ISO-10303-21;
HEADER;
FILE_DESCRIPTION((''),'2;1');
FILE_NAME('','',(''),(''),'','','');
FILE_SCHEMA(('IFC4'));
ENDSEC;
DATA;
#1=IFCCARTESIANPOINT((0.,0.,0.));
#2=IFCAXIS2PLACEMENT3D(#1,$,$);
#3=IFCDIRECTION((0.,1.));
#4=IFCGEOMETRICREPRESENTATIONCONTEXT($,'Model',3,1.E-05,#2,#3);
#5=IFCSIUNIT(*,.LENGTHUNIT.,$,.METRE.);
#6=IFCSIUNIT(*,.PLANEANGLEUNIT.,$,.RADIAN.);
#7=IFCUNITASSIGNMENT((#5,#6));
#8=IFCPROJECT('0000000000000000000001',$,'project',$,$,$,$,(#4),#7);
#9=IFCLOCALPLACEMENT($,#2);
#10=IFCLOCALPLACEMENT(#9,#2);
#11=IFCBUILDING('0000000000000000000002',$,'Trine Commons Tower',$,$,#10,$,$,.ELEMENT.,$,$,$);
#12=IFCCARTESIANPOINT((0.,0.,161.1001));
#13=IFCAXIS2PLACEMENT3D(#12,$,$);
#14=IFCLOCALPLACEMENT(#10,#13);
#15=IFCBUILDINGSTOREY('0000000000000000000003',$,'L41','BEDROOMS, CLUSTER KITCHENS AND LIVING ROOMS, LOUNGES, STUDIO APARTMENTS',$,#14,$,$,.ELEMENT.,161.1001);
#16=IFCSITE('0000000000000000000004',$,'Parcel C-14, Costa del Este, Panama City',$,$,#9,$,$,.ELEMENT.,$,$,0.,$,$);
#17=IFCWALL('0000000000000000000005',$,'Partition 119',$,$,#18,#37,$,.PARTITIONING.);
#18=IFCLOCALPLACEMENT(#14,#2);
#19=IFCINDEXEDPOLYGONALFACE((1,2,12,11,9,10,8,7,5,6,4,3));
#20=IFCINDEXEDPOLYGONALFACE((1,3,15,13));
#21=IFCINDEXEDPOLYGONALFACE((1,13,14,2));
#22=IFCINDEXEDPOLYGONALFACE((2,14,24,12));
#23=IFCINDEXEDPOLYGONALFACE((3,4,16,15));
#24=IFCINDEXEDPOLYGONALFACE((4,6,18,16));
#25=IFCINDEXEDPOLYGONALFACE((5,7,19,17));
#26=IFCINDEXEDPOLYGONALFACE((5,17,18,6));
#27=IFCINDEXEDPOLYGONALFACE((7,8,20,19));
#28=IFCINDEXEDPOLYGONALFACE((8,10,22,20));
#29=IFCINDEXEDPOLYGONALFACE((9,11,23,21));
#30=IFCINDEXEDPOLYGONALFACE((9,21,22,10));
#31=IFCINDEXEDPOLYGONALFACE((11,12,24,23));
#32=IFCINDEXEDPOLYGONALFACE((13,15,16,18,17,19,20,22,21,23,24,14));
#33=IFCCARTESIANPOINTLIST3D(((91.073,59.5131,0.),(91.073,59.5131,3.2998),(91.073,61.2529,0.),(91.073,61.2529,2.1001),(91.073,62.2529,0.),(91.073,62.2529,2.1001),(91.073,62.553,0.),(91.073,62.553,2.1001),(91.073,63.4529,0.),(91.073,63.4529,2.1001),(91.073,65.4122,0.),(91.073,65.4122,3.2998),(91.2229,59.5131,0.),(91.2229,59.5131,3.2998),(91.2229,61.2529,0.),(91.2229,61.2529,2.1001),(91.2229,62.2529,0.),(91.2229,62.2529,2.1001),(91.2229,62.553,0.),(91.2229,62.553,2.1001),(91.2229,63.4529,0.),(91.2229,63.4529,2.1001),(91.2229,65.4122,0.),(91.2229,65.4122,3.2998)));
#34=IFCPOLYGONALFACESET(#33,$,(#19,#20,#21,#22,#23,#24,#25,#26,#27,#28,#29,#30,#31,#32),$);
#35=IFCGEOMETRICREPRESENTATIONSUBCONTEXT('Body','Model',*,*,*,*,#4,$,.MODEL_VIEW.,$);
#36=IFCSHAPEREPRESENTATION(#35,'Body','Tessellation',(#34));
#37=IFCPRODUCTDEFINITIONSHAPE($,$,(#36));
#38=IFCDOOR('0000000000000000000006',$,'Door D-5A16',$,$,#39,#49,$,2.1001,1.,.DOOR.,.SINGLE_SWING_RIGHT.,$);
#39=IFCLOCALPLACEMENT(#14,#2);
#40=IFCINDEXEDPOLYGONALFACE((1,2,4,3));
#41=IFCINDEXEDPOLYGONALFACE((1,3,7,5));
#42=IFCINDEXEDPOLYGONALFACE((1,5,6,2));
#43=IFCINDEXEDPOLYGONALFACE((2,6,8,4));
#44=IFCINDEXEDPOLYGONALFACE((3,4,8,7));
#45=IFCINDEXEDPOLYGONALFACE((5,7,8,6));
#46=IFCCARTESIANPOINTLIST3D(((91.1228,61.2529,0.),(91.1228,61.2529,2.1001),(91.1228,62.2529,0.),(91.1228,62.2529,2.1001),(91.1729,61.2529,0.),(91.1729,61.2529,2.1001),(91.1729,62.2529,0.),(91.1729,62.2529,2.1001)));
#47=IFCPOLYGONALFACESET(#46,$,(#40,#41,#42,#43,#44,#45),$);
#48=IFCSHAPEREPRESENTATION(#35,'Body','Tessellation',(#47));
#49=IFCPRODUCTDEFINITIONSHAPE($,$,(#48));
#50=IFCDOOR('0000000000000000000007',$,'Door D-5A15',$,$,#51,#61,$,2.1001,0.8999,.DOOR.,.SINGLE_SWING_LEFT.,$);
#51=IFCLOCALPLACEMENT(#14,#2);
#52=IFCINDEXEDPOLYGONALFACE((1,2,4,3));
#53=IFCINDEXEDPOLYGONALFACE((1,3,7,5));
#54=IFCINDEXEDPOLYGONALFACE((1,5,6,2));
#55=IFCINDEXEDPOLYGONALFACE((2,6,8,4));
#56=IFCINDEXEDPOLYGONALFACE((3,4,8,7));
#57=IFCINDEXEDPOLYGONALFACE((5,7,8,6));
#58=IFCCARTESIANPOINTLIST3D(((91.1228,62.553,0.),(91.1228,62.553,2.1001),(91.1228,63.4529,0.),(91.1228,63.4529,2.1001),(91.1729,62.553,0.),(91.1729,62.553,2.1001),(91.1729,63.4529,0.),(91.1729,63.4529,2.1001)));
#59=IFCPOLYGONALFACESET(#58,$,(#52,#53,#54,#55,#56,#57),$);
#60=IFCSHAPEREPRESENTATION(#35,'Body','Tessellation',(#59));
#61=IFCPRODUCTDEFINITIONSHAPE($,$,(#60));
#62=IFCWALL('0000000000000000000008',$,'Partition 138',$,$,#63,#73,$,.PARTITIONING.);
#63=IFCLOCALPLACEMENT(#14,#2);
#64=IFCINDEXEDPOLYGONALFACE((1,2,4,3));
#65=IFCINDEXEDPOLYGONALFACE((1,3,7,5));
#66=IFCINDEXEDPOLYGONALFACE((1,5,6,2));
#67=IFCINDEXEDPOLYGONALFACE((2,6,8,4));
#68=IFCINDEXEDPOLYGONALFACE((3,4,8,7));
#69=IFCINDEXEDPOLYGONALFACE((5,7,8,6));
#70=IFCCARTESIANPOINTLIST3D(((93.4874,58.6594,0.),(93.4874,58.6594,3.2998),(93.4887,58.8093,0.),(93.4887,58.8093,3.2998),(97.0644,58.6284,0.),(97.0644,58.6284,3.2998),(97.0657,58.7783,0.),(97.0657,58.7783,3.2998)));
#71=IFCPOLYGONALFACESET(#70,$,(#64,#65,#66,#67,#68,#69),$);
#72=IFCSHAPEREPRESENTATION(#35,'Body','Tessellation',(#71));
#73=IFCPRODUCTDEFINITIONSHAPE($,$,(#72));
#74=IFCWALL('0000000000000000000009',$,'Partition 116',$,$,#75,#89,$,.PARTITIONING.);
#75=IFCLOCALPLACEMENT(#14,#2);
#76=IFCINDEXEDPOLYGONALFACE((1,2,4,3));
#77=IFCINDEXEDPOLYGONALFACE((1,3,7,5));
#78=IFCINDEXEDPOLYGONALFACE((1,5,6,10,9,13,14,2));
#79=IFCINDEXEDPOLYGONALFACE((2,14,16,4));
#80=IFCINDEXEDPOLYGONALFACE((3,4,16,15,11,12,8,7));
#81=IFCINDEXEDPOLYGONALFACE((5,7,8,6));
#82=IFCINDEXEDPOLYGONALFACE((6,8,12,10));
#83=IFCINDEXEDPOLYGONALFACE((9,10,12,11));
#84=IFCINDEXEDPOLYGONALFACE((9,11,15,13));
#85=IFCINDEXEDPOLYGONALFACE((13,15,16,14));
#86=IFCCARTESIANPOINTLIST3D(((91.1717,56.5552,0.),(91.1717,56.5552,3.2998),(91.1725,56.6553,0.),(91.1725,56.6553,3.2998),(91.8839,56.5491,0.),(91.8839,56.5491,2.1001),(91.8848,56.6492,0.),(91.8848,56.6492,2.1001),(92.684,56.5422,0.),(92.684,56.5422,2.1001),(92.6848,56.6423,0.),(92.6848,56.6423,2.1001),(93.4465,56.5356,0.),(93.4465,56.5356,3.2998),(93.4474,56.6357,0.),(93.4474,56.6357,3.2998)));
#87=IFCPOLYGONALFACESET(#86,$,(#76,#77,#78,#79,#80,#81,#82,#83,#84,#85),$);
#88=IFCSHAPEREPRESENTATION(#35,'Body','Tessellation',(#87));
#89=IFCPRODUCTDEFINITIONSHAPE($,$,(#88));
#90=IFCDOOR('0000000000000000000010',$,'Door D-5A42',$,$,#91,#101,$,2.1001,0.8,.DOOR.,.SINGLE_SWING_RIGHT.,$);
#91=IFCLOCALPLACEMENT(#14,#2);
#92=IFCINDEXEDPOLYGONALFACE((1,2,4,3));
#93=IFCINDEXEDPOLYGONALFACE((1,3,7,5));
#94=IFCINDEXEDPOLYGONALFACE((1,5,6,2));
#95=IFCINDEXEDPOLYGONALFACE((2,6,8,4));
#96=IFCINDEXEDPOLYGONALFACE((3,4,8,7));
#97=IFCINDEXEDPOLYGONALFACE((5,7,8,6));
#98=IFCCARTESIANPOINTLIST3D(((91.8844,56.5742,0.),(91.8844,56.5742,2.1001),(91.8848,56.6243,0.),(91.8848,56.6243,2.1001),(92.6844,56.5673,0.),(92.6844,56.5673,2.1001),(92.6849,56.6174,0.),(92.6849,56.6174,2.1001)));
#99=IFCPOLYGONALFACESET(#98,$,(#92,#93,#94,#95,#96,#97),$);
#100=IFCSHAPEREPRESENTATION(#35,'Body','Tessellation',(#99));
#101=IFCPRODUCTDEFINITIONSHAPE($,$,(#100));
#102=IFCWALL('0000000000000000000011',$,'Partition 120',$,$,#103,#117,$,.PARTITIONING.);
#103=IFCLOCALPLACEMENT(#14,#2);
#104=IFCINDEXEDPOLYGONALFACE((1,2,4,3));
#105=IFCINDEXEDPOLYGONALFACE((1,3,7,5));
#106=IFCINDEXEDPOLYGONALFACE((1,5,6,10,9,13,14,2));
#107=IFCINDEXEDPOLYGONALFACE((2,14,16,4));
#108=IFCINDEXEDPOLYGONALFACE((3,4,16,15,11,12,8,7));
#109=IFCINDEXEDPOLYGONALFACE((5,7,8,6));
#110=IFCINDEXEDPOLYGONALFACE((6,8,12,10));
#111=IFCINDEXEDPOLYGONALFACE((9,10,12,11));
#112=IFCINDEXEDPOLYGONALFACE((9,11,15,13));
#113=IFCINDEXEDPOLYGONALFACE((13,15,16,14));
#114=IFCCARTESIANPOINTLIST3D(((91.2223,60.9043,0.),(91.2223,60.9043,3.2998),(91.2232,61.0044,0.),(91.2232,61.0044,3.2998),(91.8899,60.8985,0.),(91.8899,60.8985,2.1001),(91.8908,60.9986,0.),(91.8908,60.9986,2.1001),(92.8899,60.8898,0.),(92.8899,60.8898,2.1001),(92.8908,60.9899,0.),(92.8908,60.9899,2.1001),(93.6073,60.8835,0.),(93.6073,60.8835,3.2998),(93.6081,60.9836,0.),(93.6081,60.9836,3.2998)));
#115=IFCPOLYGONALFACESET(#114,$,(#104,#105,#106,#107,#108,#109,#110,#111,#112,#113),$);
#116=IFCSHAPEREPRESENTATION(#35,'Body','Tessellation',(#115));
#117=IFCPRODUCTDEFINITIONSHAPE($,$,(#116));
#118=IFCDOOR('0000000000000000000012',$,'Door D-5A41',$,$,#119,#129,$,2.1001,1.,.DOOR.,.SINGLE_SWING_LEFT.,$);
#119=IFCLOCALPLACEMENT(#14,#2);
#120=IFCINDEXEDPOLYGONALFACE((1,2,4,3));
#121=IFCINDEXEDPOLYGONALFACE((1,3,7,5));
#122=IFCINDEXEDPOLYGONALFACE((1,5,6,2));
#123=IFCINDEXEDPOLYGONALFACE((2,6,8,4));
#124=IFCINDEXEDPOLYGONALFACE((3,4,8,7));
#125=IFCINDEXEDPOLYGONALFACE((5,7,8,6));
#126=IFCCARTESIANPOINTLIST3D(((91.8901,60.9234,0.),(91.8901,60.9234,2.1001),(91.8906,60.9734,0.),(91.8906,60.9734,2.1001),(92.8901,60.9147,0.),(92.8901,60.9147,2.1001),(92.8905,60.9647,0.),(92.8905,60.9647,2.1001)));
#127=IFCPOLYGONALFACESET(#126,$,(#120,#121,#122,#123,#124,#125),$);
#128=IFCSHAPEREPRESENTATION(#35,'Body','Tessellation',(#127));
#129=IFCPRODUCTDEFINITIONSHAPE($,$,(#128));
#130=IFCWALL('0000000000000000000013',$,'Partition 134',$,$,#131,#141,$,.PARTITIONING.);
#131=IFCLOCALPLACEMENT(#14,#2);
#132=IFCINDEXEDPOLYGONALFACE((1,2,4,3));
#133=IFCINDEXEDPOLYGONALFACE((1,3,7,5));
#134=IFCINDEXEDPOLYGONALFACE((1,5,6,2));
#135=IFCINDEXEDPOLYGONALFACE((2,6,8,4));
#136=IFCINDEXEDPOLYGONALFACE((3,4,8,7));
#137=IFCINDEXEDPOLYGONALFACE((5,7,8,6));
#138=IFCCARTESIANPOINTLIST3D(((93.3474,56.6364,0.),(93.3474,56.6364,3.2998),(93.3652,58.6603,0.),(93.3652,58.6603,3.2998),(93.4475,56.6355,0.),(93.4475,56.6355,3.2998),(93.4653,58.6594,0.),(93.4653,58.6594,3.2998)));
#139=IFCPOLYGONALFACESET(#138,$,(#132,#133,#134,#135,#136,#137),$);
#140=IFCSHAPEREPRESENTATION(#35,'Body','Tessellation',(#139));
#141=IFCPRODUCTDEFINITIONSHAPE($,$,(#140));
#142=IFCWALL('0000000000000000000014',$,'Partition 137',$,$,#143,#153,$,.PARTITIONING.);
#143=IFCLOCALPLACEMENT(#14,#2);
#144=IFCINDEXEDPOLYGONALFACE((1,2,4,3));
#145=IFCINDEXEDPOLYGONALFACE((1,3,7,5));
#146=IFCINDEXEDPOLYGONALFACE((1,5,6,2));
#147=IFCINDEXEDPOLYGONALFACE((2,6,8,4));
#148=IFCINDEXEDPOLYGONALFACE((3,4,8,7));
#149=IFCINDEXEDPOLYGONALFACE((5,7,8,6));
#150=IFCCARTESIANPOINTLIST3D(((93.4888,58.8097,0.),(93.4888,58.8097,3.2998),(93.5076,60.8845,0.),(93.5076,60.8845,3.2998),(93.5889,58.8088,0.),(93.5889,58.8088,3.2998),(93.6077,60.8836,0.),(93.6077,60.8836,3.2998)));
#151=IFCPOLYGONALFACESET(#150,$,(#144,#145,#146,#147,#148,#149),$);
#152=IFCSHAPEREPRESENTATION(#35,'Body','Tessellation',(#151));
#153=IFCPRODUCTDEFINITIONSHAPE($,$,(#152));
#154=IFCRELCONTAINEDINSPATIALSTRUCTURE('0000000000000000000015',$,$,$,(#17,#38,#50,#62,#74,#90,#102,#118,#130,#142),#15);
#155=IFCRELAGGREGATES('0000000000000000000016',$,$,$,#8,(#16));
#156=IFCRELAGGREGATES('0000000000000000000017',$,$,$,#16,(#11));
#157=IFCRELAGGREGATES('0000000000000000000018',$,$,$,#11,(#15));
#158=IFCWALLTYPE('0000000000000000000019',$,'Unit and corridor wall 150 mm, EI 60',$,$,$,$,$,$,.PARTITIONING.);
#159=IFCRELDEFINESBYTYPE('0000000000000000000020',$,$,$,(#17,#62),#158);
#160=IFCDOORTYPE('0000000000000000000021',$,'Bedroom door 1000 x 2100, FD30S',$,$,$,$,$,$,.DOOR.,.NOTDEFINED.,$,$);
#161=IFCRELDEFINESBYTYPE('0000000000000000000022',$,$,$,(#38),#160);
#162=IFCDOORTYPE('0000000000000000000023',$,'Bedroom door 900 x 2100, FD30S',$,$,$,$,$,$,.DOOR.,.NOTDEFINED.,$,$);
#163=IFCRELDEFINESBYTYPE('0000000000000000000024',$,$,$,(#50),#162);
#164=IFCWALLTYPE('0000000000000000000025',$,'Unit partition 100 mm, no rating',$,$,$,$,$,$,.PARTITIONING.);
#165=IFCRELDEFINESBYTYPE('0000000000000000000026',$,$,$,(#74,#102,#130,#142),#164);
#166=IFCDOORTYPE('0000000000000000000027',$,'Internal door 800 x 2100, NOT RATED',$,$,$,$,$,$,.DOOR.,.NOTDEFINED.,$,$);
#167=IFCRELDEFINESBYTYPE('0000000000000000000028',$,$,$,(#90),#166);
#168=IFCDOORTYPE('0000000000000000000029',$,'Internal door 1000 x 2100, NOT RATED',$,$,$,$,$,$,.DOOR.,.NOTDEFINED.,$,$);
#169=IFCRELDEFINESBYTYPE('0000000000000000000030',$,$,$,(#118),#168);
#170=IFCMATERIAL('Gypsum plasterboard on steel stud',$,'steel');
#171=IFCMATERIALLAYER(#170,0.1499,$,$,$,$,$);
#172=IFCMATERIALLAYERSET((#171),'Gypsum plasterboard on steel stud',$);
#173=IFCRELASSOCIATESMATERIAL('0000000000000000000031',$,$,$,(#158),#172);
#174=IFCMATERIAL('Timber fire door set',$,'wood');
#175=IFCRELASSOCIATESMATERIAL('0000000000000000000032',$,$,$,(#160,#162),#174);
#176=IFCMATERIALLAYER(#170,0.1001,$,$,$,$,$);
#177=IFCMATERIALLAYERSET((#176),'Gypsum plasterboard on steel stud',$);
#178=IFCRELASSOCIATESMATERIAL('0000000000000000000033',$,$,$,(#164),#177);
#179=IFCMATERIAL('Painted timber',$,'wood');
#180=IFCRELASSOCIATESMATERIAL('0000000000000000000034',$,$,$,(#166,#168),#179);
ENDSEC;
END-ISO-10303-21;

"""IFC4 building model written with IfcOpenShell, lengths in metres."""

from ifc_helpers import new_model, si_unit, direction, frame, frame_2d, origin, place, context, subcontext, project, spatial, rectangle, extrude, material, layer, layer_set, type_object, element, fill, save


model = new_model("IFC4")

# Units and contexts
model_context = context("Model", 3, precision=1e-05, world=origin(), true_north=direction((0.0, 1.0)))
body_context = subcontext(model_context, "Body", "Model", "MODEL_VIEW")
ifc_project = project(units=[si_unit("LENGTHUNIT", "METRE"), si_unit("PLANEANGLEUNIT", "RADIAN")], contexts=[model_context])

# Site, building, storey
site_placement = place(None, origin())
site = spatial("IfcSite", under=ifc_project, at=site_placement, Name="Parcel C-14, Costa del Este, Panama City", CompositionType="ELEMENT", RefElevation=0.0)
building_placement = place(site_placement, origin())
building = spatial("IfcBuilding", under=site, at=building_placement, Name="Trine Commons Tower", CompositionType="ELEMENT")
storey_placement = place(building_placement, frame((0.0, 0.0, 161.1001)))
storey = spatial("IfcBuildingStorey", under=building, at=storey_placement, Name="L41", Description="BEDROOMS, CLUSTER KITCHENS AND LIVING ROOMS, LOUNGES, STUDIO APARTMENTS", CompositionType="ELEMENT", Elevation=161.1001)

# Shared definitions
ifc_material_1 = material(Name="Gypsum plasterboard on steel stud", Category="steel")
ifc_layer_1 = layer(ifc_material_1, 0.1499)
ifc_layer_set_1 = layer_set([ifc_layer_1], Name="Gypsum plasterboard on steel stud")
wall_type_1 = type_object("IfcWallType", Name="Unit and corridor wall 150 mm, EI 60", PredefinedType="PARTITIONING", material=ifc_layer_set_1)

# Wall, openings, doors
wall_1_placement = place(storey_placement, frame((91.1479, 59.5129, 0.0), z_axis=(0.0, 0.0, 1.0), x_axis=(0.0, 1.0, 0.0)))
wall_1 = element("IfcWall", 1, at=wall_1_placement, inside=storey, type_object=wall_type_1, Name="Partition 119", PredefinedType="PARTITIONING", context=body_context, shape_type="SweptSolid", body=[
    extrude(rectangle(XDim=5.8992, YDim=0.1499, at=frame_2d((2.9497, 0.0))), origin(), (0.0, 0.0, 1.0), 3.2998),
])
opening_1_placement = place(wall_1_placement, frame((3.04, 0.0, 0.0)))
opening_1 = element("IfcOpeningElement", 2, at=opening_1_placement, cuts=wall_1, PredefinedType="OPENING", context=body_context, shape_type="SweptSolid", body=[
    extrude(rectangle(XDim=0.8999, YDim=2.1001, at=frame_2d((0.45, 1.05))), frame((0.0, 0.085, 0.0), z_axis=(0.0, -1.0, 0.0), x_axis=(1.0, 0.0, 0.0)), (0.0, 0.0, 1.0), 0.1699),
])
opening_2_placement = place(wall_1_placement, frame((1.74, 0.0, 0.0)))
opening_2 = element("IfcOpeningElement", 3, at=opening_2_placement, cuts=wall_1, PredefinedType="OPENING", context=body_context, shape_type="SweptSolid", body=[
    extrude(rectangle(XDim=1.0, YDim=2.1001, at=frame_2d((0.5, 1.05))), frame((0.0, 0.085, 0.0), z_axis=(0.0, -1.0, 0.0), x_axis=(1.0, 0.0, 0.0)), (0.0, 0.0, 1.0), 0.1699),
])
ifc_material_2 = material(Name="Timber fire door set", Category="wood")
door_type_1 = type_object("IfcDoorType", Name="Bedroom door 1000 x 2100, FD30S", OperationType="NOTDEFINED", PredefinedType="DOOR", material=ifc_material_2)
door_1_placement = place(opening_2_placement, frame((1.0, 0.0, 0.0), z_axis=(0.0, 0.0, 1.0), x_axis=(-1.0, 0.0, 0.0)))
door_1 = element("IfcDoor", 4, at=door_1_placement, inside=storey, type_object=door_type_1, Name="Door D-5A16", OperationType="SINGLE_SWING_RIGHT", OverallHeight=2.1001, OverallWidth=1.0, PredefinedType="DOOR", context=body_context, shape_type="SweptSolid", body=[
    extrude(rectangle(XDim=1.0, YDim=2.1001, at=frame_2d((0.5, 1.05))), frame((0.0, 0.0249, 0.0), z_axis=(0.0, -1.0, 0.0), x_axis=(1.0, 0.0, 0.0)), (0.0, 0.0, 1.0), 0.05),
])
fill(opening_2, door_1)
door_type_2 = type_object("IfcDoorType", Name="Bedroom door 900 x 2100, FD30S", OperationType="NOTDEFINED", PredefinedType="DOOR", material=ifc_material_2)
door_2_placement = place(opening_1_placement, frame((0.8999, 0.0, 0.0), z_axis=(0.0, 0.0, 1.0), x_axis=(-1.0, 0.0, 0.0)))
door_2 = element("IfcDoor", 5, at=door_2_placement, inside=storey, type_object=door_type_2, Name="Door D-5A15", OperationType="SINGLE_SWING_LEFT", OverallHeight=2.1001, OverallWidth=0.8999, PredefinedType="DOOR", context=body_context, shape_type="SweptSolid", body=[
    extrude(rectangle(XDim=0.8999, YDim=2.1001, at=frame_2d((0.45, 1.05))), frame((0.0, 0.0249, 0.0), z_axis=(0.0, -1.0, 0.0), x_axis=(1.0, 0.0, 0.0)), (0.0, 0.0, 1.0), 0.05),
])
fill(opening_1, door_2)

# Wall
wall_2_placement = place(storey_placement, frame((93.488, 58.7344, 0.0), z_axis=(0.0, 0.0, 1.0), x_axis=(0.999962, -0.008668, 0.0)))
element("IfcWall", 6, at=wall_2_placement, inside=storey, type_object=wall_type_1, Name="Partition 138", PredefinedType="PARTITIONING", context=body_context, shape_type="SweptSolid", body=[
    extrude(rectangle(XDim=3.5771, YDim=0.1499, at=frame_2d((1.7886, 0.0))), origin(), (0.0, 0.0, 1.0), 3.2998),
])

# Walls, openings, doors
ifc_layer_2 = layer(ifc_material_1, 0.1001)
ifc_layer_set_2 = layer_set([ifc_layer_2], Name="Gypsum plasterboard on steel stud")
wall_type_2 = type_object("IfcWallType", Name="Unit partition 100 mm, no rating", PredefinedType="PARTITIONING", material=ifc_layer_set_2)
wall_3_placement = place(storey_placement, frame((91.1721, 56.6052, 0.0), z_axis=(0.0, 0.0, 1.0), x_axis=(0.999963, -0.008585, 0.0)))
wall_3 = element("IfcWall", 7, at=wall_3_placement, inside=storey, type_object=wall_type_2, Name="Partition 116", PredefinedType="PARTITIONING", context=body_context, shape_type="SweptSolid", body=[
    extrude(rectangle(XDim=2.2749, YDim=0.1001, at=frame_2d((1.1375, 0.0))), origin(), (0.0, 0.0, 1.0), 3.2998),
])
opening_3_placement = place(wall_3_placement, frame((0.7124, 0.0, 0.0)))
opening_3 = element("IfcOpeningElement", 8, at=opening_3_placement, cuts=wall_3, PredefinedType="OPENING", context=body_context, shape_type="SweptSolid", body=[
    extrude(rectangle(XDim=0.8, YDim=2.1001, at=frame_2d((0.3999, 1.05))), frame((0.0, 0.0601, 0.0), z_axis=(0.0, -1.0, 0.0), x_axis=(1.0, 0.0, 0.0)), (0.0, 0.0, 1.0), 0.1201),
])
ifc_material_3 = material(Name="Painted timber", Category="wood")
door_type_3 = type_object("IfcDoorType", Name="Internal door 800 x 2100, NOT RATED", OperationType="NOTDEFINED", PredefinedType="DOOR", material=ifc_material_3)
door_3_placement = place(opening_3_placement, frame((0.8, 0.0, 0.0), z_axis=(0.0, 0.0, 1.0), x_axis=(-1.0, 0.0, 0.0)))
door_3 = element("IfcDoor", 9, at=door_3_placement, inside=storey, type_object=door_type_3, Name="Door D-5A42", OperationType="SINGLE_SWING_RIGHT", OverallHeight=2.1001, OverallWidth=0.8, PredefinedType="DOOR", context=body_context, shape_type="SweptSolid", body=[
    extrude(rectangle(XDim=0.8, YDim=2.1001, at=frame_2d((0.3999, 1.05))), frame((0.0, 0.0249, 0.0), z_axis=(0.0, -1.0, 0.0), x_axis=(1.0, 0.0, 0.0)), (0.0, 0.0, 1.0), 0.05),
])
fill(opening_3, door_3)
wall_4_placement = place(storey_placement, frame((91.2229, 60.9543, 0.0), z_axis=(0.0, 0.0, 1.0), x_axis=(0.999962, -0.008701, 0.0)))
wall_4 = element("IfcWall", 10, at=wall_4_placement, inside=storey, type_object=wall_type_2, Name="Partition 120", PredefinedType="PARTITIONING", context=body_context, shape_type="SweptSolid", body=[
    extrude(rectangle(XDim=2.385, YDim=0.1001, at=frame_2d((1.1924, 0.0))), origin(), (0.0, 0.0, 1.0), 3.2998),
])
opening_4_placement = place(wall_4_placement, frame((0.6675, 0.0, 0.0)))
opening_4 = element("IfcOpeningElement", 11, at=opening_4_placement, cuts=wall_4, PredefinedType="OPENING", context=body_context, shape_type="SweptSolid", body=[
    extrude(rectangle(XDim=1.0, YDim=2.1001, at=frame_2d((0.5, 1.05))), frame((0.0, 0.0601, 0.0), z_axis=(0.0, -1.0, 0.0), x_axis=(1.0, 0.0, 0.0)), (0.0, 0.0, 1.0), 0.1201),
])
door_type_4 = type_object("IfcDoorType", Name="Internal door 1000 x 2100, NOT RATED", OperationType="NOTDEFINED", PredefinedType="DOOR", material=ifc_material_3)
door_4_placement = place(opening_4_placement, origin())
door_4 = element("IfcDoor", 12, at=door_4_placement, inside=storey, type_object=door_type_4, Name="Door D-5A41", OperationType="SINGLE_SWING_LEFT", OverallHeight=2.1001, OverallWidth=1.0, PredefinedType="DOOR", context=body_context, shape_type="SweptSolid", body=[
    extrude(rectangle(XDim=1.0, YDim=2.1001, at=frame_2d((0.5, 1.05))), frame((0.0, 0.0249, 0.0), z_axis=(0.0, -1.0, 0.0), x_axis=(1.0, 0.0, 0.0)), (0.0, 0.0, 1.0), 0.05),
])
fill(opening_4, door_4)

# Walls
wall_5_placement = place(storey_placement, frame((93.3975, 56.636, 0.0), z_axis=(0.0, 0.0, 1.0), x_axis=(0.008805, 0.999961, 0.0)))
element("IfcWall", 13, at=wall_5_placement, inside=storey, type_object=wall_type_2, Name="Partition 134", PredefinedType="PARTITIONING", context=body_context, shape_type="SweptSolid", body=[
    extrude(rectangle(XDim=2.0239, YDim=0.1001, at=frame_2d((1.012, 0.0))), origin(), (0.0, 0.0, 1.0), 3.2998),
])
wall_6_placement = place(storey_placement, frame((93.5388, 58.8091, 0.0), z_axis=(0.0, 0.0, 1.0), x_axis=(0.00906, 0.999959, 0.0)))
element("IfcWall", 14, at=wall_6_placement, inside=storey, type_object=wall_type_2, Name="Partition 137", PredefinedType="PARTITIONING", context=body_context, shape_type="SweptSolid", body=[
    extrude(rectangle(XDim=2.075, YDim=0.1001, at=frame_2d((1.0376, 0.0))), origin(), (0.0, 0.0, 1.0), 3.2998),
])

save(model, "model.ifc")
